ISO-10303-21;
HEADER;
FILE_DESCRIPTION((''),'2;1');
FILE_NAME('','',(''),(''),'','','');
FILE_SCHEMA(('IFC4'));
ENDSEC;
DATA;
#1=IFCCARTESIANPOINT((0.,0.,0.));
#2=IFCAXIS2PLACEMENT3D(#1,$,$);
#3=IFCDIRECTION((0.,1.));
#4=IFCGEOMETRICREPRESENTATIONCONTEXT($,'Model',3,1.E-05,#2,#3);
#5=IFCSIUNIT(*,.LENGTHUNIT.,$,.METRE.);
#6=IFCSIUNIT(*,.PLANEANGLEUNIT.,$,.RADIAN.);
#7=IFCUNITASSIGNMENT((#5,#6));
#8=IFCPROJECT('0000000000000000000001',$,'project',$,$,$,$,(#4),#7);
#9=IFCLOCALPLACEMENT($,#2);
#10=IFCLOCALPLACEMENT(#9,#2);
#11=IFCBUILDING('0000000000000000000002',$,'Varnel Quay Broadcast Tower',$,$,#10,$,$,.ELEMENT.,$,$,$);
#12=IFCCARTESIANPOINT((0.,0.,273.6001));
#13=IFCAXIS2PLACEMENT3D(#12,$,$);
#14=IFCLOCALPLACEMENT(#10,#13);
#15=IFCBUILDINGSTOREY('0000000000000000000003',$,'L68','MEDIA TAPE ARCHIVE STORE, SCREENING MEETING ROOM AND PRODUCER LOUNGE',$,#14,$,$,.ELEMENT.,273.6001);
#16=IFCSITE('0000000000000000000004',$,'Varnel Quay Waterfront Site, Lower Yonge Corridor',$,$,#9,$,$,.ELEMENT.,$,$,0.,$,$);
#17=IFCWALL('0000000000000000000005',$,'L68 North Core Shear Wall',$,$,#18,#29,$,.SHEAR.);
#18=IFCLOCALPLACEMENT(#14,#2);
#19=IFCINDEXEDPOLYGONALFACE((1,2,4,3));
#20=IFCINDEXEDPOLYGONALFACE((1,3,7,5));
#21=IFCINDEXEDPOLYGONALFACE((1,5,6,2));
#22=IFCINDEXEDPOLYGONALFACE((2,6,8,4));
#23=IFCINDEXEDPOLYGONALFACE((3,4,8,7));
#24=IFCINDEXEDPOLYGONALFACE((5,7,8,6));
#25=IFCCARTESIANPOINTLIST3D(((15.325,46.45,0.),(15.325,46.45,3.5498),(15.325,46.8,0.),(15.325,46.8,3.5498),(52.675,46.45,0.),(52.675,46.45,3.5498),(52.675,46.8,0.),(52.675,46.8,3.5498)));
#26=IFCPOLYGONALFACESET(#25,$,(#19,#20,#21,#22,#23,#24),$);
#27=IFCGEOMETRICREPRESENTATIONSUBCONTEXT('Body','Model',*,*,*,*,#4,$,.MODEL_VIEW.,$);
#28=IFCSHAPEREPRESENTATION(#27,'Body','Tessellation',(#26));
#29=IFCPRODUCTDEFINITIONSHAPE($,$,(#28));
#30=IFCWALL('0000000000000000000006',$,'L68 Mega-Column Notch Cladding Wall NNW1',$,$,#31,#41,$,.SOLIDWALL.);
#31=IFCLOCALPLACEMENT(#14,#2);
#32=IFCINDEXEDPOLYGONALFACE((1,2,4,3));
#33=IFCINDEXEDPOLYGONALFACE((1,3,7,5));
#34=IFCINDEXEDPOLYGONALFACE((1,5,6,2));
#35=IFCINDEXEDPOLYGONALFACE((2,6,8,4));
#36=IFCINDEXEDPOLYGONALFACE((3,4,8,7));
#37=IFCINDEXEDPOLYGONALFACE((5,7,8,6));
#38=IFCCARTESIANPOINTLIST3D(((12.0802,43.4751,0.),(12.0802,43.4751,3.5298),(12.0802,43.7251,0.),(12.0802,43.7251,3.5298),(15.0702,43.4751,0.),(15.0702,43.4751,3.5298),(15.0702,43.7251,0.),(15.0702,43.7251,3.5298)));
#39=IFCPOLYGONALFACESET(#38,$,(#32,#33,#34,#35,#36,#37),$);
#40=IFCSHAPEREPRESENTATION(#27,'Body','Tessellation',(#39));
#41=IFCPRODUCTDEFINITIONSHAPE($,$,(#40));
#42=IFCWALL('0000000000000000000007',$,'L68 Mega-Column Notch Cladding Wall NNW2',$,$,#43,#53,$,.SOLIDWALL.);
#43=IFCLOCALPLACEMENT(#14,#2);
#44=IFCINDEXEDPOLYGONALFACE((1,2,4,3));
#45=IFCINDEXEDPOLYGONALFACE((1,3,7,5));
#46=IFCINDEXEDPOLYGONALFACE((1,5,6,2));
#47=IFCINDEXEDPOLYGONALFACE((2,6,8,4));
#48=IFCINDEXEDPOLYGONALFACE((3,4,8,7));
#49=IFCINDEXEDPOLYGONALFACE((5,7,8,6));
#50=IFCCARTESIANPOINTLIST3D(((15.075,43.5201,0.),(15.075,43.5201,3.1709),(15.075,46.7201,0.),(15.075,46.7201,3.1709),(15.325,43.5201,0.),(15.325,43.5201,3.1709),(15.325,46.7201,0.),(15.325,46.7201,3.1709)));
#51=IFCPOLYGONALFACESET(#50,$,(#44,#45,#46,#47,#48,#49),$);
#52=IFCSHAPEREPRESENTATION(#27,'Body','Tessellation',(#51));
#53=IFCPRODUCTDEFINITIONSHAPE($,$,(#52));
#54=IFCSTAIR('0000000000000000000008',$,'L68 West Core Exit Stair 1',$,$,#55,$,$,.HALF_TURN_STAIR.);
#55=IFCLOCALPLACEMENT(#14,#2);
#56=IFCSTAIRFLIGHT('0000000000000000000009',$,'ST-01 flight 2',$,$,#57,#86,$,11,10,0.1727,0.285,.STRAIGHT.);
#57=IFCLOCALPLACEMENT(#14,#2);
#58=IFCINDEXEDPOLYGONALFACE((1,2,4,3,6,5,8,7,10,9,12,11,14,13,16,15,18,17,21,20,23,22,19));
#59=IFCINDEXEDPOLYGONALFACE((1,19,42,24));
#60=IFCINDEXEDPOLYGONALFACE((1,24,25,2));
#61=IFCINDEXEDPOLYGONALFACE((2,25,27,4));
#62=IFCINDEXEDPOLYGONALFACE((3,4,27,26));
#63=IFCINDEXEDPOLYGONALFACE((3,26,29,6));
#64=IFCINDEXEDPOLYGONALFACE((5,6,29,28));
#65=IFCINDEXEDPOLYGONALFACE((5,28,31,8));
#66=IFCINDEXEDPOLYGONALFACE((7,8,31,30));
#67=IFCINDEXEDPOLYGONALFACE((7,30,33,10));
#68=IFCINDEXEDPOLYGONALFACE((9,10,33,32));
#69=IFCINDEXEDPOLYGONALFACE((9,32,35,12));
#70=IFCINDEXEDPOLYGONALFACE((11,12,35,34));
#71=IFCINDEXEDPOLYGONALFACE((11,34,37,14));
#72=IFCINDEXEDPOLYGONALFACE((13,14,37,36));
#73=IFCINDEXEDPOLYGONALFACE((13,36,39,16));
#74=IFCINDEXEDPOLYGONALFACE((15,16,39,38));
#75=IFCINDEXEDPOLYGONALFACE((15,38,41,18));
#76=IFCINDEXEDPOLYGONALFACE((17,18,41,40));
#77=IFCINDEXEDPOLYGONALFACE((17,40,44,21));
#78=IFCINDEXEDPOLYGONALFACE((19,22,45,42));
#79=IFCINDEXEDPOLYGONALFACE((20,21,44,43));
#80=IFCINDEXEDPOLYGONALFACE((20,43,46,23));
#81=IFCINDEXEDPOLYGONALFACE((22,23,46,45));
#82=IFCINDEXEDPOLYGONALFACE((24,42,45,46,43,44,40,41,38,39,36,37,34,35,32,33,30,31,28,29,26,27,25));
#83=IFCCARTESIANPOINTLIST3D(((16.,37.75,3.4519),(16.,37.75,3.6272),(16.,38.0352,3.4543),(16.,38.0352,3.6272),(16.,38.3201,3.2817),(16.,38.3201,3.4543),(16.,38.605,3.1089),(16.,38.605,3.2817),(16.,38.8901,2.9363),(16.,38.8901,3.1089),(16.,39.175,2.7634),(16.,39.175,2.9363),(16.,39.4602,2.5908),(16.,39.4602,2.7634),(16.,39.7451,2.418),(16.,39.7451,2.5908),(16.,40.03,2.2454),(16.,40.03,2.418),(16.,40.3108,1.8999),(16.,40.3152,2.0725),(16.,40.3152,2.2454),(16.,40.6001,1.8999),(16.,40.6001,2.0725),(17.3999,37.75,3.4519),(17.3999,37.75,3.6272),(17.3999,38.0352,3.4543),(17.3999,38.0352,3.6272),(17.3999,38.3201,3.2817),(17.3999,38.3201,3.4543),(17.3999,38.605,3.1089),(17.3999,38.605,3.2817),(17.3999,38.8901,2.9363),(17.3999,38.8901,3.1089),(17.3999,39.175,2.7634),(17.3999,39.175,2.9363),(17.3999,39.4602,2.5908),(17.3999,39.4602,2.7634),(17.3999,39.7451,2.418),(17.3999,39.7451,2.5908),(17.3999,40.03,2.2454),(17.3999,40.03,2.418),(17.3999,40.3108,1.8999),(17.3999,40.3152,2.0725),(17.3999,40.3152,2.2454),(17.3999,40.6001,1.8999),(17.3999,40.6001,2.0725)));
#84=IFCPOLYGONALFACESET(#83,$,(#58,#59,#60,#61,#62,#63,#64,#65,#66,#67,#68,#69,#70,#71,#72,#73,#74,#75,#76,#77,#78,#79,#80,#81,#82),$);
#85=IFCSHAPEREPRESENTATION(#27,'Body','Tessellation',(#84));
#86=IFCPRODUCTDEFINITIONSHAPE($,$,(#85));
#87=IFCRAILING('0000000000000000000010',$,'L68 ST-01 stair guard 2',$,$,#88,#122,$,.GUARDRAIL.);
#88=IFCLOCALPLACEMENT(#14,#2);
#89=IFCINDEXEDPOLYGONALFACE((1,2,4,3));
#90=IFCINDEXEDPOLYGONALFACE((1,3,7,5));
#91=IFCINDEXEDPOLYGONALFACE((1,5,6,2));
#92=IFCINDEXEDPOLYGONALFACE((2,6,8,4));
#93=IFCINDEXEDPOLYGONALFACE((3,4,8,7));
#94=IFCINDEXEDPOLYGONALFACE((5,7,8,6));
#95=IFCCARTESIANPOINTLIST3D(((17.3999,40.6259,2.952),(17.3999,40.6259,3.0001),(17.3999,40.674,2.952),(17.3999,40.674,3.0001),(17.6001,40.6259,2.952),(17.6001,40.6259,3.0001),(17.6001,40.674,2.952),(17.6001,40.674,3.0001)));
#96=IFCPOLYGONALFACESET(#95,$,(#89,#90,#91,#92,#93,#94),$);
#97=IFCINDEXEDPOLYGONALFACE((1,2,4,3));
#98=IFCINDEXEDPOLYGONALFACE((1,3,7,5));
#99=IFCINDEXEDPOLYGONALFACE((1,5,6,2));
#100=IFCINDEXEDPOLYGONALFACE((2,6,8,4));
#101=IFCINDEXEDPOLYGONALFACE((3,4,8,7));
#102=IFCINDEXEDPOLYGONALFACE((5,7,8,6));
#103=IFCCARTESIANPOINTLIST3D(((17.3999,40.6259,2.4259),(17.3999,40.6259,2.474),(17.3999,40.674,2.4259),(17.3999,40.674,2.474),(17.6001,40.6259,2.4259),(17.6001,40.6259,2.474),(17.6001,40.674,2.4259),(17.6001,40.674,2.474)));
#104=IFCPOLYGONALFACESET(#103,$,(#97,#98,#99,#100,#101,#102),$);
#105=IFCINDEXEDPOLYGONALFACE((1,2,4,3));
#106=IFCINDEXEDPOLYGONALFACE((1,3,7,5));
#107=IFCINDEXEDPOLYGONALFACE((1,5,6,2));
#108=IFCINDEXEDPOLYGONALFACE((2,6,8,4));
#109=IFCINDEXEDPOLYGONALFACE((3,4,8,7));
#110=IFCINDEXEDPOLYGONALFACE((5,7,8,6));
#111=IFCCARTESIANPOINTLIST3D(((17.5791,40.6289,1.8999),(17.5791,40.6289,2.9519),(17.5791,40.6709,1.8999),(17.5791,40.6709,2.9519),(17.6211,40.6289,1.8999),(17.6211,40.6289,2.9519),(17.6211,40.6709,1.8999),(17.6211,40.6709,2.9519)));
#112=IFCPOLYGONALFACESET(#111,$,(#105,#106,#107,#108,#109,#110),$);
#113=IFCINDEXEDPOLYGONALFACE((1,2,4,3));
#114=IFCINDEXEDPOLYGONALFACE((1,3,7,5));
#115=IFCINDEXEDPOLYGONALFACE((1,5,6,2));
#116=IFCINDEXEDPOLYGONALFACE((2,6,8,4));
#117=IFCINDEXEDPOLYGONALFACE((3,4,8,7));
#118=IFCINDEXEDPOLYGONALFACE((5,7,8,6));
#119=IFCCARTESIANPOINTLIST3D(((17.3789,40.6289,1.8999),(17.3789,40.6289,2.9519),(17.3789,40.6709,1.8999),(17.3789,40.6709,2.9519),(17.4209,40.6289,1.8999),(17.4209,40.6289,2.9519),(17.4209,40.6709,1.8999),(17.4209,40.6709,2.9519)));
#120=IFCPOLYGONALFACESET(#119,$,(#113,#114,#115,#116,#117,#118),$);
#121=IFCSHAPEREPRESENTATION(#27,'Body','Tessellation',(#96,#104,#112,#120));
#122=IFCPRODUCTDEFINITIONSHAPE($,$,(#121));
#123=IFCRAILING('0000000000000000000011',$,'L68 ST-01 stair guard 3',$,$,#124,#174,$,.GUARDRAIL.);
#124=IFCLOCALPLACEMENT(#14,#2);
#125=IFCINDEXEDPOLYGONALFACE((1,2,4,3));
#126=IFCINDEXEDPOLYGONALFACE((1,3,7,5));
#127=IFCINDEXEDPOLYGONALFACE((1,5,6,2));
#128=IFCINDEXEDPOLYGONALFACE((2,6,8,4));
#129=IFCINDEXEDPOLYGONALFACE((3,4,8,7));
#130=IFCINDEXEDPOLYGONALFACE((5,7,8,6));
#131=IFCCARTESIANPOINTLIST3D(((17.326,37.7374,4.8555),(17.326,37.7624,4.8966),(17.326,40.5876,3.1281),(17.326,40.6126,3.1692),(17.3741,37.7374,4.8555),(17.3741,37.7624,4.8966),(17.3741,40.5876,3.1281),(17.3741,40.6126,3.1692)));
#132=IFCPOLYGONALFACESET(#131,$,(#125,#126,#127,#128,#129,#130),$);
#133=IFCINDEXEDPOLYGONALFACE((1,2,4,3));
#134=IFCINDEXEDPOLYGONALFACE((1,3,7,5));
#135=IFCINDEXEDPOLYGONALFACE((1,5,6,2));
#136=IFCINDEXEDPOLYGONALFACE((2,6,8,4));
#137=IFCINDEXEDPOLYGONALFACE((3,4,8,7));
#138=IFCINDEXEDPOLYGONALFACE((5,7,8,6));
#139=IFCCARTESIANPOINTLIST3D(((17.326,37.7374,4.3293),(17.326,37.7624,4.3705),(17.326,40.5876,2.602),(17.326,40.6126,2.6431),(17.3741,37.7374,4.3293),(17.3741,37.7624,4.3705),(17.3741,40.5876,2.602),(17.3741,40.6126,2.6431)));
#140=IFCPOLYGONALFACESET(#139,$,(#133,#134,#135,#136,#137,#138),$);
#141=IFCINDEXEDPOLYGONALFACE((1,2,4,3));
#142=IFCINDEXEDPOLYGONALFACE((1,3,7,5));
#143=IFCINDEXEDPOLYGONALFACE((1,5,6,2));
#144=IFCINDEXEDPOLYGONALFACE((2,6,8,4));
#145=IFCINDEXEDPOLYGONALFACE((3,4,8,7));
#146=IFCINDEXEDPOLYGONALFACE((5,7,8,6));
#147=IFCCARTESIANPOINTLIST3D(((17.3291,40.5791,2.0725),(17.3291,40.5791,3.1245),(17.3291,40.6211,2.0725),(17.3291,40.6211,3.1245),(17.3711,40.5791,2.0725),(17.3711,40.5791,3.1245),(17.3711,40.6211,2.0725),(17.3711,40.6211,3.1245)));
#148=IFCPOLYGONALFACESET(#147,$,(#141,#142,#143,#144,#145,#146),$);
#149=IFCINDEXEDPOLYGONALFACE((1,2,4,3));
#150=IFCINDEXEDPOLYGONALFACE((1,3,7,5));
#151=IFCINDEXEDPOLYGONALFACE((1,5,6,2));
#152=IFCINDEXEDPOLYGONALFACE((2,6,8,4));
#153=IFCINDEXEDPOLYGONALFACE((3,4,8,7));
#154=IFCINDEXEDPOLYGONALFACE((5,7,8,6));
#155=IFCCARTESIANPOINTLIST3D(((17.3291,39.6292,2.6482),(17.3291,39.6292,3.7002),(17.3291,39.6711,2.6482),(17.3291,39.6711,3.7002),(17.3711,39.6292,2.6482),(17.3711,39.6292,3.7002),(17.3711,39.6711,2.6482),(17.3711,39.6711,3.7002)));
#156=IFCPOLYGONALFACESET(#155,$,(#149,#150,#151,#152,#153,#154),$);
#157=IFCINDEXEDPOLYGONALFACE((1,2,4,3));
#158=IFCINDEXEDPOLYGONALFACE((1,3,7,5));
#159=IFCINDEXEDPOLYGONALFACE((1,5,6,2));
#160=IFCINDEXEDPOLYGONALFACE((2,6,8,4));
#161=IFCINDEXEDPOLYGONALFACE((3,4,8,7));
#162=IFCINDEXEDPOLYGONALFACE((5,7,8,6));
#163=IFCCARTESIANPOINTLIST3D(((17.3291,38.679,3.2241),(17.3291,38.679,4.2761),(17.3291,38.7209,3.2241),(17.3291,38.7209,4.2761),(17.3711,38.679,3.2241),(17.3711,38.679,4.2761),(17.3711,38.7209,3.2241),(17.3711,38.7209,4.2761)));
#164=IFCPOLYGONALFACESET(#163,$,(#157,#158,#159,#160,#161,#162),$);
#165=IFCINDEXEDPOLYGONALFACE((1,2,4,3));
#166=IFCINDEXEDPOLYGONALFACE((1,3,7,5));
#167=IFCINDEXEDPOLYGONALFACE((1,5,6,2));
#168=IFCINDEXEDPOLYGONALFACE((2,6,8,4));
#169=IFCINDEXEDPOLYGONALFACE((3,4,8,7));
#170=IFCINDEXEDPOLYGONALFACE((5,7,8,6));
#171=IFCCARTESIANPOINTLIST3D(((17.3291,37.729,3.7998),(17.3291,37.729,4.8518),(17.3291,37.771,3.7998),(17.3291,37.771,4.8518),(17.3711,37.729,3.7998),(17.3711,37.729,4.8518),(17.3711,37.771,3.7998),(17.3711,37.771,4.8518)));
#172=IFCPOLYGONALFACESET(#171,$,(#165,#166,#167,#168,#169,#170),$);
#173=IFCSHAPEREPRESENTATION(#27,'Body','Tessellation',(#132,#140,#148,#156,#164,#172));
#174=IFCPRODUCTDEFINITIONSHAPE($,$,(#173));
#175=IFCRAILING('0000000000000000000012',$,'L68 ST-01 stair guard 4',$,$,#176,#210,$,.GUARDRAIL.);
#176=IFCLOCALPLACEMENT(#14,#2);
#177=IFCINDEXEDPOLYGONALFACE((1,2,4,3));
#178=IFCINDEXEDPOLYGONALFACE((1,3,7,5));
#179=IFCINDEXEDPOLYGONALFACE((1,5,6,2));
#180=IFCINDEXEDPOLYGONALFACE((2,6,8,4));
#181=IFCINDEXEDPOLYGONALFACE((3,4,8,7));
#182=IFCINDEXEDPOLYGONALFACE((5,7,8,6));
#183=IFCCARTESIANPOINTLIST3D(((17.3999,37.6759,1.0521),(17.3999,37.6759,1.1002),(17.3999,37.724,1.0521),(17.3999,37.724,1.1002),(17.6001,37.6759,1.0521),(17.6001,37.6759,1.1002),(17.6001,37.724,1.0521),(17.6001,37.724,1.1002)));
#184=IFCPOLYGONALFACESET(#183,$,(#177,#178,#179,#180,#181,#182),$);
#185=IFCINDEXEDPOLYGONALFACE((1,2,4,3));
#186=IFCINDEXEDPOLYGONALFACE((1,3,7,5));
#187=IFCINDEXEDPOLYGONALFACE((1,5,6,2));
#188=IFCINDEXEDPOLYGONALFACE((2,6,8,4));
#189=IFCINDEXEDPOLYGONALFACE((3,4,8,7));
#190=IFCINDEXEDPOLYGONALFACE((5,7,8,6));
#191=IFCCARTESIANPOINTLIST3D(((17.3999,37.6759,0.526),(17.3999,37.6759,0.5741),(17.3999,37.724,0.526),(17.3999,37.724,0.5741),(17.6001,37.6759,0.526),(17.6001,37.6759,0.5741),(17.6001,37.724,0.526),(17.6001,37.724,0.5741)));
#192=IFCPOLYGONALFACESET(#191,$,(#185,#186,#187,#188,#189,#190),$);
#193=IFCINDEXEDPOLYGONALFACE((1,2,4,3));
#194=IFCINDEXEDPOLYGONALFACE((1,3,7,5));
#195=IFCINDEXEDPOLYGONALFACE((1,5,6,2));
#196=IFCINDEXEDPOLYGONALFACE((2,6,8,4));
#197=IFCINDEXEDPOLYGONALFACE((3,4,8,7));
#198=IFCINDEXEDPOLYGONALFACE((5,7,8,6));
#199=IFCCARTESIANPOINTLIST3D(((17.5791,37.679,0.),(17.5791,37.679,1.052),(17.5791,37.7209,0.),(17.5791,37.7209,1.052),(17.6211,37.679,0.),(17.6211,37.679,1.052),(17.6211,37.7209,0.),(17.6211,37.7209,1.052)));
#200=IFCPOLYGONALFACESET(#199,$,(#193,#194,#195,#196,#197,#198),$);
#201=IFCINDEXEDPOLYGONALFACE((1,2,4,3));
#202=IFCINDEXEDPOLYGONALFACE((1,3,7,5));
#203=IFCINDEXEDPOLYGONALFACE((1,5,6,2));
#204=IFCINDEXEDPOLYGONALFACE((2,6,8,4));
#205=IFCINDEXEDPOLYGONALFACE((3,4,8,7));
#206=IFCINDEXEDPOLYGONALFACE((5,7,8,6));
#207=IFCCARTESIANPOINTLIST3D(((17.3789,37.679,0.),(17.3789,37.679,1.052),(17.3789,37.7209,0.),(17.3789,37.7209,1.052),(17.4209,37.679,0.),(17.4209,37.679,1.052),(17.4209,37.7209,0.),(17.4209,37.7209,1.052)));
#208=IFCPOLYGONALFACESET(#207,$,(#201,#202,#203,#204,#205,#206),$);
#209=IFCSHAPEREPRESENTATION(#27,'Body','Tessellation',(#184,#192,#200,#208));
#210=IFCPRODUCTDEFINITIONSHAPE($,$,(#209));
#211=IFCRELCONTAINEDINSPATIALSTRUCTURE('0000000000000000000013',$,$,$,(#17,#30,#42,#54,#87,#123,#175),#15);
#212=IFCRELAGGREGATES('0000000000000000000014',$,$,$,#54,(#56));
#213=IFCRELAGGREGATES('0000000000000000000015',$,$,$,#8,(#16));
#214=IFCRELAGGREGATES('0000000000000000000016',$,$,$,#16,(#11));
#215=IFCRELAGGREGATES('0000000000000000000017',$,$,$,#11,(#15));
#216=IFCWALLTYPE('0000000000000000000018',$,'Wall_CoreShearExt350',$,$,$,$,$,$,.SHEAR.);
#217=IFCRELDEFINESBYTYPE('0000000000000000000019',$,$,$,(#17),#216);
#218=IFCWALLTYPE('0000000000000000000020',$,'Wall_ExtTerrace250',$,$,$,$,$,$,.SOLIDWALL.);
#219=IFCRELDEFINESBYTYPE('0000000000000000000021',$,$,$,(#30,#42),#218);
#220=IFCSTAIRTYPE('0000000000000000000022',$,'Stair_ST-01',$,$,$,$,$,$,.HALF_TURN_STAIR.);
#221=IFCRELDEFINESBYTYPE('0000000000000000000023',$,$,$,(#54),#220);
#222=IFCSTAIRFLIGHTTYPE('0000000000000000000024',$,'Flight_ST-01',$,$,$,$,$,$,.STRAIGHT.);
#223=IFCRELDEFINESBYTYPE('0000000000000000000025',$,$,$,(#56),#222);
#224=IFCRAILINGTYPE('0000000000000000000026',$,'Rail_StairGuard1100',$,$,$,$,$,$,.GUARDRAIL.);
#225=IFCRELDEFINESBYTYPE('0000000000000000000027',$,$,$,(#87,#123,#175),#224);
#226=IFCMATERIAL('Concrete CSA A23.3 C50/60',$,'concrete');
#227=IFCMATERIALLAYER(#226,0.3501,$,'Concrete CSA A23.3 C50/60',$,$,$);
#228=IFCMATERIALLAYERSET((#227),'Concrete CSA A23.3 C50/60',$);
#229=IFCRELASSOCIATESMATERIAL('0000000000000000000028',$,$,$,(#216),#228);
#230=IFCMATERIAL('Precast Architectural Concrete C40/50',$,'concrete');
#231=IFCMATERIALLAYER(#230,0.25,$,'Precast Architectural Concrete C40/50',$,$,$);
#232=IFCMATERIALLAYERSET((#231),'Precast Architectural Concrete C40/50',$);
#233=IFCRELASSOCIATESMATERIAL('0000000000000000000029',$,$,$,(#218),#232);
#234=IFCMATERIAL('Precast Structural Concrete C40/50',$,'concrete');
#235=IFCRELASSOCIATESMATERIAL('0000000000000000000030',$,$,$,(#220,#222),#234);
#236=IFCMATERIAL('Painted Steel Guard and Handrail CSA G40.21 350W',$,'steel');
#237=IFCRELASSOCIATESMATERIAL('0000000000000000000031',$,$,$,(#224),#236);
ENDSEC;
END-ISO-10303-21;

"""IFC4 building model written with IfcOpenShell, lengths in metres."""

from ifc_helpers import new_model, si_unit, direction, frame, frame_2d, origin, origin_2d, place, context, subcontext, project, spatial, polyline, rectangle, outline, extrude, material, layer, layer_set, type_object, element, aggregate, save


model = new_model("IFC4")

# Units and contexts
model_context = context("Model", 3, precision=1e-05, world=origin(), true_north=direction((0.0, 1.0)))
body_context = subcontext(model_context, "Body", "Model", "MODEL_VIEW")
ifc_project = project(units=[si_unit("LENGTHUNIT", "METRE"), si_unit("PLANEANGLEUNIT", "RADIAN")], contexts=[model_context])

# Site, building, storey
site_placement = place(None, origin())
site = spatial("IfcSite", under=ifc_project, at=site_placement, Name="Varnel Quay Waterfront Site, Lower Yonge Corridor", CompositionType="ELEMENT", RefElevation=0.0)
building_placement = place(site_placement, origin())
building = spatial("IfcBuilding", under=site, at=building_placement, Name="Varnel Quay Broadcast Tower", CompositionType="ELEMENT")
storey_placement = place(building_placement, frame((0.0, 0.0, 273.6001)))
storey = spatial("IfcBuildingStorey", under=building, at=storey_placement, Name="L68", Description="MEDIA TAPE ARCHIVE STORE, SCREENING MEETING ROOM AND PRODUCER LOUNGE", CompositionType="ELEMENT", Elevation=273.6001)

# Walls
ifc_material_1 = material(Name="Concrete CSA A23.3 C50/60", Category="concrete")
ifc_layer_1 = layer(ifc_material_1, 0.3501, Name="Concrete CSA A23.3 C50/60")
ifc_layer_set_1 = layer_set([ifc_layer_1], Name="Concrete CSA A23.3 C50/60")
wall_type_1 = type_object("IfcWallType", Name="Wall_CoreShearExt350", PredefinedType="SHEAR", material=ifc_layer_set_1)
wall_1_placement = place(storey_placement, frame((15.325, 46.625, 0.0), z_axis=(0.0, 0.0, 1.0), x_axis=(1.0, 0.0, 0.0)))
element("IfcWall", 1, at=wall_1_placement, inside=storey, type_object=wall_type_1, Name="L68 North Core Shear Wall", PredefinedType="SHEAR", context=body_context, shape_type="SweptSolid", body=[
    extrude(rectangle(XDim=37.3501, YDim=0.3501, at=frame_2d((18.675, 0.0))), origin(), (0.0, 0.0, 1.0), 3.5498),
])
ifc_material_2 = material(Name="Precast Architectural Concrete C40/50", Category="concrete")
ifc_layer_2 = layer(ifc_material_2, 0.25, Name="Precast Architectural Concrete C40/50")
ifc_layer_set_2 = layer_set([ifc_layer_2], Name="Precast Architectural Concrete C40/50")
wall_type_2 = type_object("IfcWallType", Name="Wall_ExtTerrace250", PredefinedType="SOLIDWALL", material=ifc_layer_set_2)
wall_2_placement = place(storey_placement, frame((12.0801, 43.6001, 0.0), z_axis=(0.0, 0.0, 1.0), x_axis=(1.0, 0.0, 0.0)))
element("IfcWall", 2, at=wall_2_placement, inside=storey, type_object=wall_type_2, Name="L68 Mega-Column Notch Cladding Wall NNW1", PredefinedType="SOLIDWALL", context=body_context, shape_type="SweptSolid", body=[
    extrude(rectangle(XDim=2.99, YDim=0.25, at=frame_2d((1.4951, 0.0))), origin(), (0.0, 0.0, 1.0), 3.5298),
])
wall_3_placement = place(storey_placement, frame((15.2, 43.52, 0.0), z_axis=(0.0, 0.0, 1.0), x_axis=(0.0, 1.0, 0.0)))
element("IfcWall", 3, at=wall_3_placement, inside=storey, type_object=wall_type_2, Name="L68 Mega-Column Notch Cladding Wall NNW2", PredefinedType="SOLIDWALL", context=body_context, shape_type="SweptSolid", body=[
    extrude(rectangle(XDim=3.2, YDim=0.25, at=frame_2d((1.6001, 0.0))), origin(), (0.0, 0.0, 1.0), 3.1709),
])

# Stair, stair flight
ifc_material_3 = material(Name="Precast Structural Concrete C40/50", Category="concrete")
stair_type = type_object("IfcStairType", Name="Stair_ST-01", PredefinedType="HALF_TURN_STAIR", material=ifc_material_3)
stair_placement = place(storey_placement, origin())
stair = element("IfcStair", 4, at=stair_placement, inside=storey, type_object=stair_type, Name="L68 West Core Exit Stair 1", PredefinedType="HALF_TURN_STAIR")
stair_flight_type = type_object("IfcStairFlightType", Name="Flight_ST-01", PredefinedType="STRAIGHT", material=ifc_material_3)
stair_flight_placement = place(storey_placement, frame((16.7, 40.6001, 1.8999), z_axis=(0.0, 0.0, 1.0), x_axis=(0.0, -1.0, 0.0)))
stair_flight = element("IfcStairFlight", 5, at=stair_flight_placement, type_object=stair_flight_type, Name="ST-01 flight 2", NumberOfRisers=11, NumberOfTreads=10, PredefinedType="STRAIGHT", RiserHeight=0.1727, TreadLength=0.285, context=body_context, shape_type="SweptSolid", body=[
    extrude(outline(polyline([(0.0, 0.0), (0.0, 0.1726), (0.2849, 0.1726), (0.2849, 0.3455), (0.5701, 0.3455), (0.5701, 0.5181), (0.855, 0.5181), (0.855, 0.6909), (1.1399, 0.6909), (1.1399, 0.8635), (1.425, 0.8635), (1.425, 1.0364), (1.71, 1.0364), (1.71, 1.209), (1.9951, 1.209), (1.9951, 1.3818), (2.28, 1.3818), (2.28, 1.5544), (2.5649, 1.5544), (2.5649, 1.7273), (2.8501, 1.7273), (2.8501, 1.8999), (2.8501, 1.552), (0.2893, 0.0), (0.0, 0.0)])), frame((0.0, 0.7, 0.0), z_axis=(0.0, -1.0, 0.0), x_axis=(1.0, 0.0, 0.0)), (0.0, 0.0, 1.0), 1.3999),
])
aggregate(stair, [stair_flight])

# Railings
ifc_material_4 = material(Name="Painted Steel Guard and Handrail CSA G40.21 350W", Category="steel")
railing_type_1 = type_object("IfcRailingType", Name="Rail_StairGuard1100", PredefinedType="GUARDRAIL", material=ifc_material_4)
railing_1_placement = place(storey_placement, frame((17.6001, 40.6499, 1.8999)))
element("IfcRailing", 6, at=railing_1_placement, inside=storey, type_object=railing_type_1, Name="L68 ST-01 stair guard 2", PredefinedType="GUARDRAIL", context=body_context, shape_type="SweptSolid", body=[
    extrude(rectangle(XDim=0.0481, YDim=0.0481, at=origin_2d()), frame((0.0, 0.0, 1.0762), z_axis=(-1.0, 0.0, 0.0), x_axis=(0.0, -1.0, 0.0)), (0.0, 0.0, 1.0), 0.2002),
    extrude(rectangle(XDim=0.0481, YDim=0.0481, at=origin_2d()), frame((0.0, 0.0, 0.55), z_axis=(-1.0, 0.0, 0.0), x_axis=(0.0, -1.0, 0.0)), (0.0, 0.0, 1.0), 0.2002),
    extrude(rectangle(XDim=0.042, YDim=0.042, at=origin_2d()), origin(), (0.0, 0.0, 1.0), 1.052),
    extrude(rectangle(XDim=0.042, YDim=0.042, at=origin_2d()), frame((-0.2002, 0.0, 0.0)), (0.0, 0.0, 1.0), 1.052),
])
railing_2_placement = place(storey_placement, frame((17.3501, 40.6001, 2.0725)))
element("IfcRailing", 7, at=railing_2_placement, inside=storey, type_object=railing_type_1, Name="L68 ST-01 stair guard 3", PredefinedType="GUARDRAIL", context=body_context, shape_type="SweptSolid", body=[
    extrude(rectangle(XDim=0.0481, YDim=0.0481, at=origin_2d()), frame((0.0, 0.0, 1.0762), z_axis=(0.0, -0.855203, 0.518294), x_axis=(1.0, 0.0, 0.0)), (0.0, 0.0, 1.0), 3.3328),
    extrude(rectangle(XDim=0.0481, YDim=0.0481, at=origin_2d()), frame((0.0, 0.0, 0.55), z_axis=(0.0, -0.855203, 0.518294), x_axis=(1.0, 0.0, 0.0)), (0.0, 0.0, 1.0), 3.3328),
    extrude(rectangle(XDim=0.042, YDim=0.042, at=origin_2d()), origin(), (0.0, 0.0, 1.0), 1.052),
    extrude(rectangle(XDim=0.042, YDim=0.042, at=origin_2d()), frame((0.0, -0.95, 0.5757)), (0.0, 0.0, 1.0), 1.052),
    extrude(rectangle(XDim=0.042, YDim=0.042, at=origin_2d()), frame((0.0, -1.9001, 1.1516)), (0.0, 0.0, 1.0), 1.052),
    extrude(rectangle(XDim=0.042, YDim=0.042, at=origin_2d()), frame((0.0, -2.8501, 1.7273)), (0.0, 0.0, 1.0), 1.052),
])
railing_3_placement = place(storey_placement, frame((17.6001, 37.7, 0.0)))
element("IfcRailing", 8, at=railing_3_placement, inside=storey, type_object=railing_type_1, Name="L68 ST-01 stair guard 4", PredefinedType="GUARDRAIL", context=body_context, shape_type="SweptSolid", body=[
    extrude(rectangle(XDim=0.0481, YDim=0.0481, at=origin_2d()), frame((0.0, 0.0, 1.0762), z_axis=(-1.0, 0.0, 0.0), x_axis=(0.0, -1.0, 0.0)), (0.0, 0.0, 1.0), 0.2002),
    extrude(rectangle(XDim=0.0481, YDim=0.0481, at=origin_2d()), frame((0.0, 0.0, 0.55), z_axis=(-1.0, 0.0, 0.0), x_axis=(0.0, -1.0, 0.0)), (0.0, 0.0, 1.0), 0.2002),
    extrude(rectangle(XDim=0.042, YDim=0.042, at=origin_2d()), origin(), (0.0, 0.0, 1.0), 1.052),
    extrude(rectangle(XDim=0.042, YDim=0.042, at=origin_2d()), frame((-0.2002, 0.0, 0.0)), (0.0, 0.0, 1.0), 1.052),
])

save(model, "model.ifc")
